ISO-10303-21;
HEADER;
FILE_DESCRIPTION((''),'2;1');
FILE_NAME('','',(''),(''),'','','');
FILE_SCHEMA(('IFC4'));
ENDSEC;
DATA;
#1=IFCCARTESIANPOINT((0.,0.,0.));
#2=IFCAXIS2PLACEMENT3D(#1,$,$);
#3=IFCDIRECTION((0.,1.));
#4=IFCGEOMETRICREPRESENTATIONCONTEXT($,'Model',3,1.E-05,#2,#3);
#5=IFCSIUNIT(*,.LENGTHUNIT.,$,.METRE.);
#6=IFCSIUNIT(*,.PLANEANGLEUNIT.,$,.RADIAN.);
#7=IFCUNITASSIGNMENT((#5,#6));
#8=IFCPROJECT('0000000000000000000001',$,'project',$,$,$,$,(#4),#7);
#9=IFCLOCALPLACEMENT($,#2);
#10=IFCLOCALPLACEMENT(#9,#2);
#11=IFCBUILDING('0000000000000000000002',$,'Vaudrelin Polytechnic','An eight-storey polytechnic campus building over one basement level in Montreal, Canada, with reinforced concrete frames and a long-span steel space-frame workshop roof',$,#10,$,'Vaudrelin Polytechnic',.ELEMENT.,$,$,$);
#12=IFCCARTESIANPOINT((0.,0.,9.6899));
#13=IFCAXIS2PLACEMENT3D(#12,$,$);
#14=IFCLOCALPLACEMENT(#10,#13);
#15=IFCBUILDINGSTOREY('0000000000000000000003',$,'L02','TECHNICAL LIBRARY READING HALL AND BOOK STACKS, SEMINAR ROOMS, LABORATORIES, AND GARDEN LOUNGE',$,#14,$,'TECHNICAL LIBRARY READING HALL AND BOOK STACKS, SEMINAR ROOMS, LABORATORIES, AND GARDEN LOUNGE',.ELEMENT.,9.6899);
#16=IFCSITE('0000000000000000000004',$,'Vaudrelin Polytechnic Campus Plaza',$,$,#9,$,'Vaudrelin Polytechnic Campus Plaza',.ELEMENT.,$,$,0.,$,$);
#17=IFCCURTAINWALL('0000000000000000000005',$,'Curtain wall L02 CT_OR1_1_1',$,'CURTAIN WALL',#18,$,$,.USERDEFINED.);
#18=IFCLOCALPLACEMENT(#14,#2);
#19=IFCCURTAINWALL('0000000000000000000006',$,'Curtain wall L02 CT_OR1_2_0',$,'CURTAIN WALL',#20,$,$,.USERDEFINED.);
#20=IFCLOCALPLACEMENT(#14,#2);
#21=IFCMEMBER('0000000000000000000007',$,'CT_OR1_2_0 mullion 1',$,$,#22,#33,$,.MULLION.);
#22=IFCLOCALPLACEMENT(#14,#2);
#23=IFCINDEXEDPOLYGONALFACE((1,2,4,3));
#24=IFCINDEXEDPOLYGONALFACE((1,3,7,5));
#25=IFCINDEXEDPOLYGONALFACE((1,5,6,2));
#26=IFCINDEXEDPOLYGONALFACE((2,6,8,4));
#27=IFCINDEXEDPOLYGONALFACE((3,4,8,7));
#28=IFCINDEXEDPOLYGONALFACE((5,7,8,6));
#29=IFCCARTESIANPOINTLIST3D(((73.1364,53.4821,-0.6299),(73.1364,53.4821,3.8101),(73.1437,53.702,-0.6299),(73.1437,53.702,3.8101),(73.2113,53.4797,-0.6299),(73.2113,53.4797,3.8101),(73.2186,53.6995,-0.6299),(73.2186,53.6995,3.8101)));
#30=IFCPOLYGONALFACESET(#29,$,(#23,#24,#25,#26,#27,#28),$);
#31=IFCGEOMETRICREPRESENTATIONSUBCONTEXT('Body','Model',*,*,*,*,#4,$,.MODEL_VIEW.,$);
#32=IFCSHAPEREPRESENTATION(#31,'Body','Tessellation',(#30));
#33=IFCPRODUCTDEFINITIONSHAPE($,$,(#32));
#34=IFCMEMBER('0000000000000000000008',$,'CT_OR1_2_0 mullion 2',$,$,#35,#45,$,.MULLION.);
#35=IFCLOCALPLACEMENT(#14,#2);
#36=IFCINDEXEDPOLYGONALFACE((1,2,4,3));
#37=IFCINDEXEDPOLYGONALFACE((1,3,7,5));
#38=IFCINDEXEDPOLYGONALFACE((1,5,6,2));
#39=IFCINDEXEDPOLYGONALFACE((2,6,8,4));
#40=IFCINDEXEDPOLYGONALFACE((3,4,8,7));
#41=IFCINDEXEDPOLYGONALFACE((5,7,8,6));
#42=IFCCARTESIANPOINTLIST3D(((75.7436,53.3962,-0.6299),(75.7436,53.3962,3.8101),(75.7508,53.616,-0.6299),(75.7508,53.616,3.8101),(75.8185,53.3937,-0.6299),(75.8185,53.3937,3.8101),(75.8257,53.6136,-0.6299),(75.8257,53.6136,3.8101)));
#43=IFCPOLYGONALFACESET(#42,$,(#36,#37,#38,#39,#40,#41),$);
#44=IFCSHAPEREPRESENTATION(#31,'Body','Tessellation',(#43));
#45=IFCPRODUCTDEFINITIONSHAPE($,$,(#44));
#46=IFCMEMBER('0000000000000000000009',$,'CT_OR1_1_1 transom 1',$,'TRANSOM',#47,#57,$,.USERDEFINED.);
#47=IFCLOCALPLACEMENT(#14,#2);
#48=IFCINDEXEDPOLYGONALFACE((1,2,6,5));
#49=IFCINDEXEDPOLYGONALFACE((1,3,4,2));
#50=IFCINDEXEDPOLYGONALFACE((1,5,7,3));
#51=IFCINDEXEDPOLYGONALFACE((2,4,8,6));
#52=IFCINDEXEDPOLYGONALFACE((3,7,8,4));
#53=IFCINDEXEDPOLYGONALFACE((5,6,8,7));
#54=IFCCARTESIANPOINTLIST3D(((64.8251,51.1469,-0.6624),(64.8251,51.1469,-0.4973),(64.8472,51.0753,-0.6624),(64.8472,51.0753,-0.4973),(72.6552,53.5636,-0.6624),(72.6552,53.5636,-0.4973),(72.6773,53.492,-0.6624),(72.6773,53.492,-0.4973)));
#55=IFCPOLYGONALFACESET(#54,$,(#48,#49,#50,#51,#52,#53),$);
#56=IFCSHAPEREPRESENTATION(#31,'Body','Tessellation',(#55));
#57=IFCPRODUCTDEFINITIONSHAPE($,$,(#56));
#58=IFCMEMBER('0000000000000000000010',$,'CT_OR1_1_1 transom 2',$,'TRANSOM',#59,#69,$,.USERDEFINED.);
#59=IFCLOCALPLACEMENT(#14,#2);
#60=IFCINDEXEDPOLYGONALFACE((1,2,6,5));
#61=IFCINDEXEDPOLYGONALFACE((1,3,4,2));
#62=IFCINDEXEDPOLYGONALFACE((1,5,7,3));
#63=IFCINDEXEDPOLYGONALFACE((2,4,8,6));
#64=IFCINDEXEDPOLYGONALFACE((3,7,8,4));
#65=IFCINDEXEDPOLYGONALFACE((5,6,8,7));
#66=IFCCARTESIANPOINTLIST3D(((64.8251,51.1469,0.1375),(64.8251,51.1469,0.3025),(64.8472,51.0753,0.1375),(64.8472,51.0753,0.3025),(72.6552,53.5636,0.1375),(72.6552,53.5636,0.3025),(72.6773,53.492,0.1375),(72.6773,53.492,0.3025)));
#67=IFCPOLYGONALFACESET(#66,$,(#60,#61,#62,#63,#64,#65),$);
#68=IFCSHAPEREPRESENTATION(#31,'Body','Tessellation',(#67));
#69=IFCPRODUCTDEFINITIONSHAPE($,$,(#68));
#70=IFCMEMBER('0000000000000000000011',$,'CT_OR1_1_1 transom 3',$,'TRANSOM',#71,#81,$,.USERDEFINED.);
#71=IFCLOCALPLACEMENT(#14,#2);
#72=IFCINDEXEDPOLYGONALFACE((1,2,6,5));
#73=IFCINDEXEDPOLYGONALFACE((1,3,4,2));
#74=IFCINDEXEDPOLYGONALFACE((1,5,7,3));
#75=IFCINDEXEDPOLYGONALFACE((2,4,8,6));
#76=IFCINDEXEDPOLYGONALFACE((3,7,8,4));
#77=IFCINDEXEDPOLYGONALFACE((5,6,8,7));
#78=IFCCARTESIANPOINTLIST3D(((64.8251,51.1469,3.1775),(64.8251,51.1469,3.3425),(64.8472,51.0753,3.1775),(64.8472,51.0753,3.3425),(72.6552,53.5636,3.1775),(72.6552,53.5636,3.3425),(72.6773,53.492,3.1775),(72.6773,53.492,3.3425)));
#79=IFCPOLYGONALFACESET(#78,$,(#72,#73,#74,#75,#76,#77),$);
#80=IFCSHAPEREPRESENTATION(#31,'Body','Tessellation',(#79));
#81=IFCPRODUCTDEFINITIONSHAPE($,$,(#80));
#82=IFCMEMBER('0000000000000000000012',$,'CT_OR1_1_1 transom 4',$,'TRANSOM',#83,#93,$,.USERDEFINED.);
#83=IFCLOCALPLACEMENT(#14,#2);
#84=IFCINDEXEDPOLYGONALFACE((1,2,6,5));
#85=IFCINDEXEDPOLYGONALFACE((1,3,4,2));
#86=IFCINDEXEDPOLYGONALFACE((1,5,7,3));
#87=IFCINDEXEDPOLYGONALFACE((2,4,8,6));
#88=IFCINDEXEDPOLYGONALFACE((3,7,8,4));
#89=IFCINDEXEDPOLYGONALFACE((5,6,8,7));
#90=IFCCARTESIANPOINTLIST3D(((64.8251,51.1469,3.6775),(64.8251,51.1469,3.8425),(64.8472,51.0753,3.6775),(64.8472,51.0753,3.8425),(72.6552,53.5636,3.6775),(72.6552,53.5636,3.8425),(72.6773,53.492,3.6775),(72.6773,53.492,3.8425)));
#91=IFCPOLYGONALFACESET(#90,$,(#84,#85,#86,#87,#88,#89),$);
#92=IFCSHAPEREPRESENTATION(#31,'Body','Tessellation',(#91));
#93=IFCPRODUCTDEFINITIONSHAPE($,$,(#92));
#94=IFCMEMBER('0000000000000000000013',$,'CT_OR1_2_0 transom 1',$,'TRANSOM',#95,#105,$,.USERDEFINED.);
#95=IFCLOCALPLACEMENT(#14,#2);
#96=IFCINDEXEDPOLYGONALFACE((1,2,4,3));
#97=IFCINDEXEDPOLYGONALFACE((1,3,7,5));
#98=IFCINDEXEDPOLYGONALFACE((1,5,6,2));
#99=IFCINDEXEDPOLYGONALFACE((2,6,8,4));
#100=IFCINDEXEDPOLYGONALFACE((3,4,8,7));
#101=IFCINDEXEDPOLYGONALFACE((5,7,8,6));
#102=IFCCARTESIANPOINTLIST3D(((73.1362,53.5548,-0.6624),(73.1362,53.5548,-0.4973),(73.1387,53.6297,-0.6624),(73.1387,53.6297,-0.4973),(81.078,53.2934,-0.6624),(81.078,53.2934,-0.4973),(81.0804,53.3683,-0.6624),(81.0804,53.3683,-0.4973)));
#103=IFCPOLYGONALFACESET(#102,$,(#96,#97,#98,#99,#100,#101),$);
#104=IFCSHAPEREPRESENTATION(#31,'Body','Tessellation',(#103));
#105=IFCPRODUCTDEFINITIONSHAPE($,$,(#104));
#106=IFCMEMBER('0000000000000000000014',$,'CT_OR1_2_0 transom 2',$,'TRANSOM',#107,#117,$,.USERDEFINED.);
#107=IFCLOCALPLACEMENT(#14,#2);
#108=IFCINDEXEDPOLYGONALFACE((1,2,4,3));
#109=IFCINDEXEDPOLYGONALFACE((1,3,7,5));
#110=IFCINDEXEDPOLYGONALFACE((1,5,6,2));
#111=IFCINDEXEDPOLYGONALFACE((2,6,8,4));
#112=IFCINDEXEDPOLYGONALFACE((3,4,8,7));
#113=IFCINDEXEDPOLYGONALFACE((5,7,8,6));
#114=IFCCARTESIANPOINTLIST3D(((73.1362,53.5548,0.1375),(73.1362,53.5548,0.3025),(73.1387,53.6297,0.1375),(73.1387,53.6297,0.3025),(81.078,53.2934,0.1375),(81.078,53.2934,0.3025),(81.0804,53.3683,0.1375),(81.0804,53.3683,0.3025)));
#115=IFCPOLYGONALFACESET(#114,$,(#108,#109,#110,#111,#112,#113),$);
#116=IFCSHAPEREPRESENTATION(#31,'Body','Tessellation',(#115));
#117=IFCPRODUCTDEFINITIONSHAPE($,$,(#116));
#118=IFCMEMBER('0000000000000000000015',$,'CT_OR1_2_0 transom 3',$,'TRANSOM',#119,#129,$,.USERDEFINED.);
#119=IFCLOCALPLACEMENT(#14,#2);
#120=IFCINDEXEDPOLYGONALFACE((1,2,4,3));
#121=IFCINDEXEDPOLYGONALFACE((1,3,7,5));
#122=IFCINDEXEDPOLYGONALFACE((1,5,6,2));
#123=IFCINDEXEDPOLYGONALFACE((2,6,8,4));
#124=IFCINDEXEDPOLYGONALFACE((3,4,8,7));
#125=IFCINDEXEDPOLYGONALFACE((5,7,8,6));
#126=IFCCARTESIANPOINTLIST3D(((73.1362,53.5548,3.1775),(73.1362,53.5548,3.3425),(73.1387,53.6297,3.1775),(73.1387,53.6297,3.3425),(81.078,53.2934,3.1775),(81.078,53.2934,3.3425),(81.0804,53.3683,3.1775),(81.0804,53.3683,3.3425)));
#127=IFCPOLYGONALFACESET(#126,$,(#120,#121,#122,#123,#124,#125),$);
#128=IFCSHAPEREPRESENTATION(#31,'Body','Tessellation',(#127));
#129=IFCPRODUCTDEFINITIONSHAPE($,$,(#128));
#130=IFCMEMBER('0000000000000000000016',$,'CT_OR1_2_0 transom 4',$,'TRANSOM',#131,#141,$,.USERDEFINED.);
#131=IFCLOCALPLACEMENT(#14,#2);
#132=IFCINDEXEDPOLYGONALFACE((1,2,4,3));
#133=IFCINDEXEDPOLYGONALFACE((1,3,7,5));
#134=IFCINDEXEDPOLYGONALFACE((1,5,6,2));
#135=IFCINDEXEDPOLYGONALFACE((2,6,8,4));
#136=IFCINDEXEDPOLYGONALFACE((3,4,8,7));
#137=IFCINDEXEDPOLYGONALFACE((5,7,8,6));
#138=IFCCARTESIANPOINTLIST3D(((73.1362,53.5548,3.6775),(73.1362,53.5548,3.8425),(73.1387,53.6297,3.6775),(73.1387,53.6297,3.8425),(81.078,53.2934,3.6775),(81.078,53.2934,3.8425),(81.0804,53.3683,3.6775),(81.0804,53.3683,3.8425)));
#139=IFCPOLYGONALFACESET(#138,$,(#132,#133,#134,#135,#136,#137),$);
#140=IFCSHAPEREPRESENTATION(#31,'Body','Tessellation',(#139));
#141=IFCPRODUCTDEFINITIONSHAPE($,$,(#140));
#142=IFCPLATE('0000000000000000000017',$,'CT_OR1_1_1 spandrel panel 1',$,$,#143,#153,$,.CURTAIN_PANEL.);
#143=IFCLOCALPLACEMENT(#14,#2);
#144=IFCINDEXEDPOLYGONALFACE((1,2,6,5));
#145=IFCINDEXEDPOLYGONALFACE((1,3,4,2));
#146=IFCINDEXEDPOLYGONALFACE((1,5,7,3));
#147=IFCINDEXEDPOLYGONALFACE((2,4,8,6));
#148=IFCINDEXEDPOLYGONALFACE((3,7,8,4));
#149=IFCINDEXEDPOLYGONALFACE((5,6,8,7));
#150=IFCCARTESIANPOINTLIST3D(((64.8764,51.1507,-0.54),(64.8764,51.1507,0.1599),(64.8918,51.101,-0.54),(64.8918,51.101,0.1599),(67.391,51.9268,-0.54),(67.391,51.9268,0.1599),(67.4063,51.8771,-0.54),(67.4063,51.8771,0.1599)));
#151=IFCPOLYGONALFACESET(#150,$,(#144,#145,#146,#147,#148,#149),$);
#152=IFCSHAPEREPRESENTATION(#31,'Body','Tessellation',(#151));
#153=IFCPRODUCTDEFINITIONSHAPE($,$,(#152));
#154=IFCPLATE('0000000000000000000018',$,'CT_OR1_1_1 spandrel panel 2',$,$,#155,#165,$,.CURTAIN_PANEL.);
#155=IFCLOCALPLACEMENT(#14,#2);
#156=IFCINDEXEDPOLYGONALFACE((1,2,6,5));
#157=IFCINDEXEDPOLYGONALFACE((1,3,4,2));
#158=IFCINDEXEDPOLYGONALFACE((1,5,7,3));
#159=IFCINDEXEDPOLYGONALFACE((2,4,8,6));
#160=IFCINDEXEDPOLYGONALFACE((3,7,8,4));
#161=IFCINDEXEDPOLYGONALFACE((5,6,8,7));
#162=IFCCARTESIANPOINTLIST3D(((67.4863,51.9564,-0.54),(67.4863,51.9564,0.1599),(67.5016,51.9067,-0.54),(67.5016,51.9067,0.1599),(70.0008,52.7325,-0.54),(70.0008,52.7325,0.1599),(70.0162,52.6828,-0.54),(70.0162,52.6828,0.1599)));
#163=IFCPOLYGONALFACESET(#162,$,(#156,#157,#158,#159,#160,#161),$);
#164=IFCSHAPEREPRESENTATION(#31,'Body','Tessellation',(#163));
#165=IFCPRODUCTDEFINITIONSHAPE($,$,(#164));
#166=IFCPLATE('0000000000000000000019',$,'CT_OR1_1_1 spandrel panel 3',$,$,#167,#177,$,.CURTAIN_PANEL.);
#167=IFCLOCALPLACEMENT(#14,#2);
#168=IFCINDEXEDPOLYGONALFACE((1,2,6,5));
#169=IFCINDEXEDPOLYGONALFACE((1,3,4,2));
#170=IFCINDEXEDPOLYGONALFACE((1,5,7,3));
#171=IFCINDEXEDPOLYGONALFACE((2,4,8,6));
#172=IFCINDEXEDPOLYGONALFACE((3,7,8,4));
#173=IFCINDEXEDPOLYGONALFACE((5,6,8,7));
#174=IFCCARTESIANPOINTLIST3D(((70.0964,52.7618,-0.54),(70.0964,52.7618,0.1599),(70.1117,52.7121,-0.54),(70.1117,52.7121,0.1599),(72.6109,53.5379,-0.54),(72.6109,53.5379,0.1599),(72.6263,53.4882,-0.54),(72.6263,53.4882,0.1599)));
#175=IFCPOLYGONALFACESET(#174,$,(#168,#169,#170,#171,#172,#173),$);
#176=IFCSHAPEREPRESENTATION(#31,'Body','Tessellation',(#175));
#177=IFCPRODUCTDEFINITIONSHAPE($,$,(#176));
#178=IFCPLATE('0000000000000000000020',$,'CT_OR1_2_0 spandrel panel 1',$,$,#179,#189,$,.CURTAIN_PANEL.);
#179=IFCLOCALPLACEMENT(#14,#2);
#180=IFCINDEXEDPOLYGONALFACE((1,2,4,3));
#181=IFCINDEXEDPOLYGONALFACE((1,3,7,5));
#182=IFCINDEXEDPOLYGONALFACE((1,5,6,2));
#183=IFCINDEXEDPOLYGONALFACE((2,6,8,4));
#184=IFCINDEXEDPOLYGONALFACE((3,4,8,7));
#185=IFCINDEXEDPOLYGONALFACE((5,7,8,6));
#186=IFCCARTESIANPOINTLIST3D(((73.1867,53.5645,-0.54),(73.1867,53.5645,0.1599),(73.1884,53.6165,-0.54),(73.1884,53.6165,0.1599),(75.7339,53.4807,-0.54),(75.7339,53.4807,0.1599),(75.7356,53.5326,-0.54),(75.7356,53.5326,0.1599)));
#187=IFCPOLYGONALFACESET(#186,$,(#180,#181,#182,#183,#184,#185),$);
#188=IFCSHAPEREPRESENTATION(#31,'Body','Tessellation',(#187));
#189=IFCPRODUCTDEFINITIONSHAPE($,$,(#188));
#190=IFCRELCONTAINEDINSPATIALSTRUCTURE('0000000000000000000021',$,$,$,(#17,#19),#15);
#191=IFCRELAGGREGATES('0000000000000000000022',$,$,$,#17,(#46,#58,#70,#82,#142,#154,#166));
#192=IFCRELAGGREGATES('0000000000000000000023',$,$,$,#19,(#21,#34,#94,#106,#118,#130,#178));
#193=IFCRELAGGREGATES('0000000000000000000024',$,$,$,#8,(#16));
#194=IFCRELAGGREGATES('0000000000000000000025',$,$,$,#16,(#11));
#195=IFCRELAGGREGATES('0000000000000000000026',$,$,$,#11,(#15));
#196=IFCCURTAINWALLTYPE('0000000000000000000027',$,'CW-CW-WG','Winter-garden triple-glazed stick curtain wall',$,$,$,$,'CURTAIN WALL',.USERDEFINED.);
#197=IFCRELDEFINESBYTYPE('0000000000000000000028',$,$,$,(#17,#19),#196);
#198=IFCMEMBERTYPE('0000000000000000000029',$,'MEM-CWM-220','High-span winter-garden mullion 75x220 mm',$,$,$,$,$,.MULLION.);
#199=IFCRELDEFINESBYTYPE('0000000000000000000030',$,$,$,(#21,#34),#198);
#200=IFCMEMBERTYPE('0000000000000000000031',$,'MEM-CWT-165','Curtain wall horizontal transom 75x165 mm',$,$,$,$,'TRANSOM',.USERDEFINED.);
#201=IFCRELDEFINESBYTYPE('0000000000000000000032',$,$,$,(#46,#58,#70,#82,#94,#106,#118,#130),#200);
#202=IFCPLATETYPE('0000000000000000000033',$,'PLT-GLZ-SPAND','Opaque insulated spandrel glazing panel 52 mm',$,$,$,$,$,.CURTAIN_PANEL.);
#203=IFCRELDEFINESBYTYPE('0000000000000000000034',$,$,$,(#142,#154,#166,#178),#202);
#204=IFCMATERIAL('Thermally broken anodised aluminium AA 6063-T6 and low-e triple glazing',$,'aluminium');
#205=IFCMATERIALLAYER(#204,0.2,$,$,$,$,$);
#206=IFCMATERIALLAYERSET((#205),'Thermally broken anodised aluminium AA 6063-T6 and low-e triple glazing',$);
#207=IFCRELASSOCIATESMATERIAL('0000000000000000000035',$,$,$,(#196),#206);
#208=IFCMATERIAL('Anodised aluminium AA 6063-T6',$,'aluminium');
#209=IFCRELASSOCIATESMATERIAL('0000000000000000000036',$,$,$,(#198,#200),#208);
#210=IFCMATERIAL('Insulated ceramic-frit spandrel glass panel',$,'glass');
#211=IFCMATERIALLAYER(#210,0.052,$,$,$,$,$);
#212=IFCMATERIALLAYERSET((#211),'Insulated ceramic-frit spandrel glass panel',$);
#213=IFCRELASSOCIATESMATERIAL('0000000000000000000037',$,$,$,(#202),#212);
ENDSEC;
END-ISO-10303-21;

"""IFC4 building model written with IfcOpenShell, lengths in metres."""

from ifc_helpers import new_model, si_unit, direction, frame, origin, origin_2d, place, context, subcontext, project, spatial, rectangle, extrude, material, layer, layer_set, material_profile, profile_set, type_object, element, aggregate, save


model = new_model("IFC4")

# Units and contexts
model_context = context("Model", 3, precision=1e-05, world=origin(), true_north=direction((0.0, 1.0)))
body_context = subcontext(model_context, "Body", "Model", "MODEL_VIEW")
ifc_project = project(units=[si_unit("LENGTHUNIT", "METRE"), si_unit("PLANEANGLEUNIT", "RADIAN")], contexts=[model_context])

# Site, building, storey
site_placement = place(None, origin())
site = spatial("IfcSite", under=ifc_project, at=site_placement, Name="Vaudrelin Polytechnic Campus Plaza", LongName="Vaudrelin Polytechnic Campus Plaza", CompositionType="ELEMENT", RefElevation=0.0)
building_placement = place(site_placement, origin())
building = spatial("IfcBuilding", under=site, at=building_placement, Name="Vaudrelin Polytechnic", Description="An eight-storey polytechnic campus building over one basement level in Montreal, Canada, with reinforced concrete frames and a long-span steel space-frame workshop roof", LongName="Vaudrelin Polytechnic", CompositionType="ELEMENT")
storey_placement = place(building_placement, frame((0.0, 0.0, 9.6899)))
storey = spatial("IfcBuildingStorey", under=building, at=storey_placement, Name="L02", Description="TECHNICAL LIBRARY READING HALL AND BOOK STACKS, SEMINAR ROOMS, LABORATORIES, AND GARDEN LOUNGE", LongName="TECHNICAL LIBRARY READING HALL AND BOOK STACKS, SEMINAR ROOMS, LABORATORIES, AND GARDEN LOUNGE", CompositionType="ELEMENT", Elevation=9.6899)

# Shared definitions
ifc_material_1 = material(Name="Thermally broken anodised aluminium AA 6063-T6 and low-e triple glazing", Category="aluminium")
ifc_layer_1 = layer(ifc_material_1, 0.2)
ifc_layer_set_1 = layer_set([ifc_layer_1], Name="Thermally broken anodised aluminium AA 6063-T6 and low-e triple glazing")
curtain_wall_type = type_object("IfcCurtainWallType", Name="CW-CW-WG", Description="Winter-garden triple-glazed stick curtain wall", ElementType="CURTAIN WALL", PredefinedType="USERDEFINED", material=ifc_layer_set_1)
ifc_material_2 = material(Name="Anodised aluminium AA 6063-T6", Category="aluminium")
ifc_material_profile_1 = material_profile(ifc_material_2, rectangle(XDim=0.075, YDim=0.22, at=origin_2d()), Name="CWM-75x220")
ifc_profile_set_1 = profile_set([ifc_material_profile_1], Name="Anodised aluminium AA 6063-T6")
member_type_1 = type_object("IfcMemberType", Name="MEM-CWM-220", Description="High-span winter-garden mullion 75x220 mm", PredefinedType="MULLION", material=ifc_profile_set_1)

# Curtain walls, members
curtain_wall_1_placement = place(storey_placement, origin())
curtain_wall_1 = element("IfcCurtainWall", 1, at=curtain_wall_1_placement, inside=storey, type_object=curtain_wall_type, Name="Curtain wall L02 CT_OR1_1_1", ObjectType="CURTAIN WALL", PredefinedType="USERDEFINED")
curtain_wall_2_placement = place(storey_placement, origin())
curtain_wall_2 = element("IfcCurtainWall", 2, at=curtain_wall_2_placement, inside=storey, type_object=curtain_wall_type, Name="Curtain wall L02 CT_OR1_2_0", ObjectType="CURTAIN WALL", PredefinedType="USERDEFINED")
member_1_placement = place(storey_placement, frame((73.1775, 53.5908, -0.6299), z_axis=(0.0, 0.0, 1.0), x_axis=(0.999458, -0.03291, 0.0)))
member_1 = element("IfcMember", 3, at=member_1_placement, type_object=member_type_1, Name="CT_OR1_2_0 mullion 1", PredefinedType="MULLION", context=body_context, shape_type="SweptSolid", body=[
    extrude(rectangle(XDim=0.075, YDim=0.22, at=origin_2d()), origin(), (0.0, 0.0, 1.0), 4.4399),
])
member_2_placement = place(storey_placement, frame((75.7847, 53.5049, -0.6299), z_axis=(0.0, 0.0, 1.0), x_axis=(0.999458, -0.03291, 0.0)))
member_2 = element("IfcMember", 4, at=member_2_placement, type_object=member_type_1, Name="CT_OR1_2_0 mullion 2", PredefinedType="MULLION", context=body_context, shape_type="SweptSolid", body=[
    extrude(rectangle(XDim=0.075, YDim=0.22, at=origin_2d()), origin(), (0.0, 0.0, 1.0), 4.4399),
])

# Members
ifc_material_profile_2 = material_profile(ifc_material_2, rectangle(XDim=0.075, YDim=0.165, at=origin_2d()), Name="CWT-75x165")
ifc_profile_set_2 = profile_set([ifc_material_profile_2], Name="Anodised aluminium AA 6063-T6")
member_type_2 = type_object("IfcMemberType", Name="MEM-CWT-165", Description="Curtain wall horizontal transom 75x165 mm", ElementType="TRANSOM", PredefinedType="USERDEFINED", material=ifc_profile_set_2)
member_3_placement = place(storey_placement, frame((64.8362, 51.1111, -0.5798), z_axis=(0.955522, 0.294921, 0.0), x_axis=(-0.294921, 0.955522, 0.0)))
member_3 = element("IfcMember", 5, at=member_3_placement, type_object=member_type_2, Name="CT_OR1_1_1 transom 1", ObjectType="TRANSOM", PredefinedType="USERDEFINED", context=body_context, shape_type="SweptSolid", body=[
    extrude(rectangle(XDim=0.075, YDim=0.165, at=origin_2d()), origin(), (0.0, 0.0, 1.0), 8.1946),
])
member_4_placement = place(storey_placement, frame((64.8362, 51.1111, 0.22), z_axis=(0.955522, 0.294921, 0.0), x_axis=(-0.294921, 0.955522, 0.0)))
member_4 = element("IfcMember", 6, at=member_4_placement, type_object=member_type_2, Name="CT_OR1_1_1 transom 2", ObjectType="TRANSOM", PredefinedType="USERDEFINED", context=body_context, shape_type="SweptSolid", body=[
    extrude(rectangle(XDim=0.075, YDim=0.165, at=origin_2d()), origin(), (0.0, 0.0, 1.0), 8.1946),
])
member_5_placement = place(storey_placement, frame((64.8362, 51.1111, 3.26), z_axis=(0.955522, 0.294921, 0.0), x_axis=(-0.294921, 0.955522, 0.0)))
member_5 = element("IfcMember", 7, at=member_5_placement, type_object=member_type_2, Name="CT_OR1_1_1 transom 3", ObjectType="TRANSOM", PredefinedType="USERDEFINED", context=body_context, shape_type="SweptSolid", body=[
    extrude(rectangle(XDim=0.075, YDim=0.165, at=origin_2d()), origin(), (0.0, 0.0, 1.0), 8.1946),
])
member_6_placement = place(storey_placement, frame((64.8362, 51.1111, 3.76), z_axis=(0.955522, 0.294921, 0.0), x_axis=(-0.294921, 0.955522, 0.0)))
member_6 = element("IfcMember", 8, at=member_6_placement, type_object=member_type_2, Name="CT_OR1_1_1 transom 4", ObjectType="TRANSOM", PredefinedType="USERDEFINED", context=body_context, shape_type="SweptSolid", body=[
    extrude(rectangle(XDim=0.075, YDim=0.165, at=origin_2d()), origin(), (0.0, 0.0, 1.0), 8.1946),
])
member_7_placement = place(storey_placement, frame((73.1375, 53.5923, -0.5798), z_axis=(0.999458, -0.032907, 0.0), x_axis=(0.032907, 0.999458, 0.0)))
member_7 = element("IfcMember", 9, at=member_7_placement, type_object=member_type_2, Name="CT_OR1_2_0 transom 1", ObjectType="TRANSOM", PredefinedType="USERDEFINED", context=body_context, shape_type="SweptSolid", body=[
    extrude(rectangle(XDim=0.075, YDim=0.165, at=origin_2d()), origin(), (0.0, 0.0, 1.0), 7.946),
])
member_8_placement = place(storey_placement, frame((73.1375, 53.5923, 0.22), z_axis=(0.999458, -0.032907, 0.0), x_axis=(0.032907, 0.999458, 0.0)))
member_8 = element("IfcMember", 10, at=member_8_placement, type_object=member_type_2, Name="CT_OR1_2_0 transom 2", ObjectType="TRANSOM", PredefinedType="USERDEFINED", context=body_context, shape_type="SweptSolid", body=[
    extrude(rectangle(XDim=0.075, YDim=0.165, at=origin_2d()), origin(), (0.0, 0.0, 1.0), 7.946),
])
member_9_placement = place(storey_placement, frame((73.1375, 53.5923, 3.26), z_axis=(0.999458, -0.032907, 0.0), x_axis=(0.032907, 0.999458, 0.0)))
member_9 = element("IfcMember", 11, at=member_9_placement, type_object=member_type_2, Name="CT_OR1_2_0 transom 3", ObjectType="TRANSOM", PredefinedType="USERDEFINED", context=body_context, shape_type="SweptSolid", body=[
    extrude(rectangle(XDim=0.075, YDim=0.165, at=origin_2d()), origin(), (0.0, 0.0, 1.0), 7.946),
])
member_10_placement = place(storey_placement, frame((73.1375, 53.5923, 3.76), z_axis=(0.999458, -0.032907, 0.0), x_axis=(0.032907, 0.999458, 0.0)))
member_10 = element("IfcMember", 12, at=member_10_placement, type_object=member_type_2, Name="CT_OR1_2_0 transom 4", ObjectType="TRANSOM", PredefinedType="USERDEFINED", context=body_context, shape_type="SweptSolid", body=[
    extrude(rectangle(XDim=0.075, YDim=0.165, at=origin_2d()), origin(), (0.0, 0.0, 1.0), 7.946),
])

# Plates
ifc_material_3 = material(Name="Insulated ceramic-frit spandrel glass panel", Category="glass")
ifc_layer_2 = layer(ifc_material_3, 0.052)
ifc_layer_set_2 = layer_set([ifc_layer_2], Name="Insulated ceramic-frit spandrel glass panel")
plate_type_1 = type_object("IfcPlateType", Name="PLT-GLZ-SPAND", Description="Opaque insulated spandrel glazing panel 52 mm", PredefinedType="CURTAIN_PANEL", material=ifc_layer_set_2)
plate_1_placement = place(storey_placement, frame((66.1414, 51.5139, -0.54), z_axis=(0.0, 0.0, 1.0), x_axis=(0.955522, 0.294918, 0.0)))
plate_1 = element("IfcPlate", 13, at=plate_1_placement, type_object=plate_type_1, Name="CT_OR1_1_1 spandrel panel 1", PredefinedType="CURTAIN_PANEL", context=body_context, shape_type="SweptSolid", body=[
    extrude(rectangle(XDim=2.6316, YDim=0.052, at=origin_2d()), origin(), (0.0, 0.0, 1.0), 0.7),
])
plate_2_placement = place(storey_placement, frame((68.7512, 52.3196, -0.54), z_axis=(0.0, 0.0, 1.0), x_axis=(0.955522, 0.294918, 0.0)))
plate_2 = element("IfcPlate", 14, at=plate_2_placement, type_object=plate_type_1, Name="CT_OR1_1_1 spandrel panel 2", PredefinedType="CURTAIN_PANEL", context=body_context, shape_type="SweptSolid", body=[
    extrude(rectangle(XDim=2.6316, YDim=0.052, at=origin_2d()), origin(), (0.0, 0.0, 1.0), 0.7),
])
plate_3_placement = place(storey_placement, frame((71.3613, 53.125, -0.54), z_axis=(0.0, 0.0, 1.0), x_axis=(0.955522, 0.294918, 0.0)))
plate_3 = element("IfcPlate", 15, at=plate_3_placement, type_object=plate_type_1, Name="CT_OR1_1_1 spandrel panel 3", PredefinedType="CURTAIN_PANEL", context=body_context, shape_type="SweptSolid", body=[
    extrude(rectangle(XDim=2.6316, YDim=0.052, at=origin_2d()), origin(), (0.0, 0.0, 1.0), 0.7),
])
plate_4_placement = place(storey_placement, frame((74.4612, 53.5486, -0.54), z_axis=(0.0, 0.0, 1.0), x_axis=(0.999458, -0.03291, 0.0)))
plate_4 = element("IfcPlate", 16, at=plate_4_placement, type_object=plate_type_1, Name="CT_OR1_2_0 spandrel panel 1", PredefinedType="CURTAIN_PANEL", context=body_context, shape_type="SweptSolid", body=[
    extrude(rectangle(XDim=2.5486, YDim=0.052, at=origin_2d()), origin(), (0.0, 0.0, 1.0), 0.7),
])
aggregate(curtain_wall_1, [member_3, member_4, member_5, member_6, plate_1, plate_2, plate_3])
aggregate(curtain_wall_2, [member_1, member_2, member_7, member_8, member_9, member_10, plate_4])

save(model, "model.ifc")
